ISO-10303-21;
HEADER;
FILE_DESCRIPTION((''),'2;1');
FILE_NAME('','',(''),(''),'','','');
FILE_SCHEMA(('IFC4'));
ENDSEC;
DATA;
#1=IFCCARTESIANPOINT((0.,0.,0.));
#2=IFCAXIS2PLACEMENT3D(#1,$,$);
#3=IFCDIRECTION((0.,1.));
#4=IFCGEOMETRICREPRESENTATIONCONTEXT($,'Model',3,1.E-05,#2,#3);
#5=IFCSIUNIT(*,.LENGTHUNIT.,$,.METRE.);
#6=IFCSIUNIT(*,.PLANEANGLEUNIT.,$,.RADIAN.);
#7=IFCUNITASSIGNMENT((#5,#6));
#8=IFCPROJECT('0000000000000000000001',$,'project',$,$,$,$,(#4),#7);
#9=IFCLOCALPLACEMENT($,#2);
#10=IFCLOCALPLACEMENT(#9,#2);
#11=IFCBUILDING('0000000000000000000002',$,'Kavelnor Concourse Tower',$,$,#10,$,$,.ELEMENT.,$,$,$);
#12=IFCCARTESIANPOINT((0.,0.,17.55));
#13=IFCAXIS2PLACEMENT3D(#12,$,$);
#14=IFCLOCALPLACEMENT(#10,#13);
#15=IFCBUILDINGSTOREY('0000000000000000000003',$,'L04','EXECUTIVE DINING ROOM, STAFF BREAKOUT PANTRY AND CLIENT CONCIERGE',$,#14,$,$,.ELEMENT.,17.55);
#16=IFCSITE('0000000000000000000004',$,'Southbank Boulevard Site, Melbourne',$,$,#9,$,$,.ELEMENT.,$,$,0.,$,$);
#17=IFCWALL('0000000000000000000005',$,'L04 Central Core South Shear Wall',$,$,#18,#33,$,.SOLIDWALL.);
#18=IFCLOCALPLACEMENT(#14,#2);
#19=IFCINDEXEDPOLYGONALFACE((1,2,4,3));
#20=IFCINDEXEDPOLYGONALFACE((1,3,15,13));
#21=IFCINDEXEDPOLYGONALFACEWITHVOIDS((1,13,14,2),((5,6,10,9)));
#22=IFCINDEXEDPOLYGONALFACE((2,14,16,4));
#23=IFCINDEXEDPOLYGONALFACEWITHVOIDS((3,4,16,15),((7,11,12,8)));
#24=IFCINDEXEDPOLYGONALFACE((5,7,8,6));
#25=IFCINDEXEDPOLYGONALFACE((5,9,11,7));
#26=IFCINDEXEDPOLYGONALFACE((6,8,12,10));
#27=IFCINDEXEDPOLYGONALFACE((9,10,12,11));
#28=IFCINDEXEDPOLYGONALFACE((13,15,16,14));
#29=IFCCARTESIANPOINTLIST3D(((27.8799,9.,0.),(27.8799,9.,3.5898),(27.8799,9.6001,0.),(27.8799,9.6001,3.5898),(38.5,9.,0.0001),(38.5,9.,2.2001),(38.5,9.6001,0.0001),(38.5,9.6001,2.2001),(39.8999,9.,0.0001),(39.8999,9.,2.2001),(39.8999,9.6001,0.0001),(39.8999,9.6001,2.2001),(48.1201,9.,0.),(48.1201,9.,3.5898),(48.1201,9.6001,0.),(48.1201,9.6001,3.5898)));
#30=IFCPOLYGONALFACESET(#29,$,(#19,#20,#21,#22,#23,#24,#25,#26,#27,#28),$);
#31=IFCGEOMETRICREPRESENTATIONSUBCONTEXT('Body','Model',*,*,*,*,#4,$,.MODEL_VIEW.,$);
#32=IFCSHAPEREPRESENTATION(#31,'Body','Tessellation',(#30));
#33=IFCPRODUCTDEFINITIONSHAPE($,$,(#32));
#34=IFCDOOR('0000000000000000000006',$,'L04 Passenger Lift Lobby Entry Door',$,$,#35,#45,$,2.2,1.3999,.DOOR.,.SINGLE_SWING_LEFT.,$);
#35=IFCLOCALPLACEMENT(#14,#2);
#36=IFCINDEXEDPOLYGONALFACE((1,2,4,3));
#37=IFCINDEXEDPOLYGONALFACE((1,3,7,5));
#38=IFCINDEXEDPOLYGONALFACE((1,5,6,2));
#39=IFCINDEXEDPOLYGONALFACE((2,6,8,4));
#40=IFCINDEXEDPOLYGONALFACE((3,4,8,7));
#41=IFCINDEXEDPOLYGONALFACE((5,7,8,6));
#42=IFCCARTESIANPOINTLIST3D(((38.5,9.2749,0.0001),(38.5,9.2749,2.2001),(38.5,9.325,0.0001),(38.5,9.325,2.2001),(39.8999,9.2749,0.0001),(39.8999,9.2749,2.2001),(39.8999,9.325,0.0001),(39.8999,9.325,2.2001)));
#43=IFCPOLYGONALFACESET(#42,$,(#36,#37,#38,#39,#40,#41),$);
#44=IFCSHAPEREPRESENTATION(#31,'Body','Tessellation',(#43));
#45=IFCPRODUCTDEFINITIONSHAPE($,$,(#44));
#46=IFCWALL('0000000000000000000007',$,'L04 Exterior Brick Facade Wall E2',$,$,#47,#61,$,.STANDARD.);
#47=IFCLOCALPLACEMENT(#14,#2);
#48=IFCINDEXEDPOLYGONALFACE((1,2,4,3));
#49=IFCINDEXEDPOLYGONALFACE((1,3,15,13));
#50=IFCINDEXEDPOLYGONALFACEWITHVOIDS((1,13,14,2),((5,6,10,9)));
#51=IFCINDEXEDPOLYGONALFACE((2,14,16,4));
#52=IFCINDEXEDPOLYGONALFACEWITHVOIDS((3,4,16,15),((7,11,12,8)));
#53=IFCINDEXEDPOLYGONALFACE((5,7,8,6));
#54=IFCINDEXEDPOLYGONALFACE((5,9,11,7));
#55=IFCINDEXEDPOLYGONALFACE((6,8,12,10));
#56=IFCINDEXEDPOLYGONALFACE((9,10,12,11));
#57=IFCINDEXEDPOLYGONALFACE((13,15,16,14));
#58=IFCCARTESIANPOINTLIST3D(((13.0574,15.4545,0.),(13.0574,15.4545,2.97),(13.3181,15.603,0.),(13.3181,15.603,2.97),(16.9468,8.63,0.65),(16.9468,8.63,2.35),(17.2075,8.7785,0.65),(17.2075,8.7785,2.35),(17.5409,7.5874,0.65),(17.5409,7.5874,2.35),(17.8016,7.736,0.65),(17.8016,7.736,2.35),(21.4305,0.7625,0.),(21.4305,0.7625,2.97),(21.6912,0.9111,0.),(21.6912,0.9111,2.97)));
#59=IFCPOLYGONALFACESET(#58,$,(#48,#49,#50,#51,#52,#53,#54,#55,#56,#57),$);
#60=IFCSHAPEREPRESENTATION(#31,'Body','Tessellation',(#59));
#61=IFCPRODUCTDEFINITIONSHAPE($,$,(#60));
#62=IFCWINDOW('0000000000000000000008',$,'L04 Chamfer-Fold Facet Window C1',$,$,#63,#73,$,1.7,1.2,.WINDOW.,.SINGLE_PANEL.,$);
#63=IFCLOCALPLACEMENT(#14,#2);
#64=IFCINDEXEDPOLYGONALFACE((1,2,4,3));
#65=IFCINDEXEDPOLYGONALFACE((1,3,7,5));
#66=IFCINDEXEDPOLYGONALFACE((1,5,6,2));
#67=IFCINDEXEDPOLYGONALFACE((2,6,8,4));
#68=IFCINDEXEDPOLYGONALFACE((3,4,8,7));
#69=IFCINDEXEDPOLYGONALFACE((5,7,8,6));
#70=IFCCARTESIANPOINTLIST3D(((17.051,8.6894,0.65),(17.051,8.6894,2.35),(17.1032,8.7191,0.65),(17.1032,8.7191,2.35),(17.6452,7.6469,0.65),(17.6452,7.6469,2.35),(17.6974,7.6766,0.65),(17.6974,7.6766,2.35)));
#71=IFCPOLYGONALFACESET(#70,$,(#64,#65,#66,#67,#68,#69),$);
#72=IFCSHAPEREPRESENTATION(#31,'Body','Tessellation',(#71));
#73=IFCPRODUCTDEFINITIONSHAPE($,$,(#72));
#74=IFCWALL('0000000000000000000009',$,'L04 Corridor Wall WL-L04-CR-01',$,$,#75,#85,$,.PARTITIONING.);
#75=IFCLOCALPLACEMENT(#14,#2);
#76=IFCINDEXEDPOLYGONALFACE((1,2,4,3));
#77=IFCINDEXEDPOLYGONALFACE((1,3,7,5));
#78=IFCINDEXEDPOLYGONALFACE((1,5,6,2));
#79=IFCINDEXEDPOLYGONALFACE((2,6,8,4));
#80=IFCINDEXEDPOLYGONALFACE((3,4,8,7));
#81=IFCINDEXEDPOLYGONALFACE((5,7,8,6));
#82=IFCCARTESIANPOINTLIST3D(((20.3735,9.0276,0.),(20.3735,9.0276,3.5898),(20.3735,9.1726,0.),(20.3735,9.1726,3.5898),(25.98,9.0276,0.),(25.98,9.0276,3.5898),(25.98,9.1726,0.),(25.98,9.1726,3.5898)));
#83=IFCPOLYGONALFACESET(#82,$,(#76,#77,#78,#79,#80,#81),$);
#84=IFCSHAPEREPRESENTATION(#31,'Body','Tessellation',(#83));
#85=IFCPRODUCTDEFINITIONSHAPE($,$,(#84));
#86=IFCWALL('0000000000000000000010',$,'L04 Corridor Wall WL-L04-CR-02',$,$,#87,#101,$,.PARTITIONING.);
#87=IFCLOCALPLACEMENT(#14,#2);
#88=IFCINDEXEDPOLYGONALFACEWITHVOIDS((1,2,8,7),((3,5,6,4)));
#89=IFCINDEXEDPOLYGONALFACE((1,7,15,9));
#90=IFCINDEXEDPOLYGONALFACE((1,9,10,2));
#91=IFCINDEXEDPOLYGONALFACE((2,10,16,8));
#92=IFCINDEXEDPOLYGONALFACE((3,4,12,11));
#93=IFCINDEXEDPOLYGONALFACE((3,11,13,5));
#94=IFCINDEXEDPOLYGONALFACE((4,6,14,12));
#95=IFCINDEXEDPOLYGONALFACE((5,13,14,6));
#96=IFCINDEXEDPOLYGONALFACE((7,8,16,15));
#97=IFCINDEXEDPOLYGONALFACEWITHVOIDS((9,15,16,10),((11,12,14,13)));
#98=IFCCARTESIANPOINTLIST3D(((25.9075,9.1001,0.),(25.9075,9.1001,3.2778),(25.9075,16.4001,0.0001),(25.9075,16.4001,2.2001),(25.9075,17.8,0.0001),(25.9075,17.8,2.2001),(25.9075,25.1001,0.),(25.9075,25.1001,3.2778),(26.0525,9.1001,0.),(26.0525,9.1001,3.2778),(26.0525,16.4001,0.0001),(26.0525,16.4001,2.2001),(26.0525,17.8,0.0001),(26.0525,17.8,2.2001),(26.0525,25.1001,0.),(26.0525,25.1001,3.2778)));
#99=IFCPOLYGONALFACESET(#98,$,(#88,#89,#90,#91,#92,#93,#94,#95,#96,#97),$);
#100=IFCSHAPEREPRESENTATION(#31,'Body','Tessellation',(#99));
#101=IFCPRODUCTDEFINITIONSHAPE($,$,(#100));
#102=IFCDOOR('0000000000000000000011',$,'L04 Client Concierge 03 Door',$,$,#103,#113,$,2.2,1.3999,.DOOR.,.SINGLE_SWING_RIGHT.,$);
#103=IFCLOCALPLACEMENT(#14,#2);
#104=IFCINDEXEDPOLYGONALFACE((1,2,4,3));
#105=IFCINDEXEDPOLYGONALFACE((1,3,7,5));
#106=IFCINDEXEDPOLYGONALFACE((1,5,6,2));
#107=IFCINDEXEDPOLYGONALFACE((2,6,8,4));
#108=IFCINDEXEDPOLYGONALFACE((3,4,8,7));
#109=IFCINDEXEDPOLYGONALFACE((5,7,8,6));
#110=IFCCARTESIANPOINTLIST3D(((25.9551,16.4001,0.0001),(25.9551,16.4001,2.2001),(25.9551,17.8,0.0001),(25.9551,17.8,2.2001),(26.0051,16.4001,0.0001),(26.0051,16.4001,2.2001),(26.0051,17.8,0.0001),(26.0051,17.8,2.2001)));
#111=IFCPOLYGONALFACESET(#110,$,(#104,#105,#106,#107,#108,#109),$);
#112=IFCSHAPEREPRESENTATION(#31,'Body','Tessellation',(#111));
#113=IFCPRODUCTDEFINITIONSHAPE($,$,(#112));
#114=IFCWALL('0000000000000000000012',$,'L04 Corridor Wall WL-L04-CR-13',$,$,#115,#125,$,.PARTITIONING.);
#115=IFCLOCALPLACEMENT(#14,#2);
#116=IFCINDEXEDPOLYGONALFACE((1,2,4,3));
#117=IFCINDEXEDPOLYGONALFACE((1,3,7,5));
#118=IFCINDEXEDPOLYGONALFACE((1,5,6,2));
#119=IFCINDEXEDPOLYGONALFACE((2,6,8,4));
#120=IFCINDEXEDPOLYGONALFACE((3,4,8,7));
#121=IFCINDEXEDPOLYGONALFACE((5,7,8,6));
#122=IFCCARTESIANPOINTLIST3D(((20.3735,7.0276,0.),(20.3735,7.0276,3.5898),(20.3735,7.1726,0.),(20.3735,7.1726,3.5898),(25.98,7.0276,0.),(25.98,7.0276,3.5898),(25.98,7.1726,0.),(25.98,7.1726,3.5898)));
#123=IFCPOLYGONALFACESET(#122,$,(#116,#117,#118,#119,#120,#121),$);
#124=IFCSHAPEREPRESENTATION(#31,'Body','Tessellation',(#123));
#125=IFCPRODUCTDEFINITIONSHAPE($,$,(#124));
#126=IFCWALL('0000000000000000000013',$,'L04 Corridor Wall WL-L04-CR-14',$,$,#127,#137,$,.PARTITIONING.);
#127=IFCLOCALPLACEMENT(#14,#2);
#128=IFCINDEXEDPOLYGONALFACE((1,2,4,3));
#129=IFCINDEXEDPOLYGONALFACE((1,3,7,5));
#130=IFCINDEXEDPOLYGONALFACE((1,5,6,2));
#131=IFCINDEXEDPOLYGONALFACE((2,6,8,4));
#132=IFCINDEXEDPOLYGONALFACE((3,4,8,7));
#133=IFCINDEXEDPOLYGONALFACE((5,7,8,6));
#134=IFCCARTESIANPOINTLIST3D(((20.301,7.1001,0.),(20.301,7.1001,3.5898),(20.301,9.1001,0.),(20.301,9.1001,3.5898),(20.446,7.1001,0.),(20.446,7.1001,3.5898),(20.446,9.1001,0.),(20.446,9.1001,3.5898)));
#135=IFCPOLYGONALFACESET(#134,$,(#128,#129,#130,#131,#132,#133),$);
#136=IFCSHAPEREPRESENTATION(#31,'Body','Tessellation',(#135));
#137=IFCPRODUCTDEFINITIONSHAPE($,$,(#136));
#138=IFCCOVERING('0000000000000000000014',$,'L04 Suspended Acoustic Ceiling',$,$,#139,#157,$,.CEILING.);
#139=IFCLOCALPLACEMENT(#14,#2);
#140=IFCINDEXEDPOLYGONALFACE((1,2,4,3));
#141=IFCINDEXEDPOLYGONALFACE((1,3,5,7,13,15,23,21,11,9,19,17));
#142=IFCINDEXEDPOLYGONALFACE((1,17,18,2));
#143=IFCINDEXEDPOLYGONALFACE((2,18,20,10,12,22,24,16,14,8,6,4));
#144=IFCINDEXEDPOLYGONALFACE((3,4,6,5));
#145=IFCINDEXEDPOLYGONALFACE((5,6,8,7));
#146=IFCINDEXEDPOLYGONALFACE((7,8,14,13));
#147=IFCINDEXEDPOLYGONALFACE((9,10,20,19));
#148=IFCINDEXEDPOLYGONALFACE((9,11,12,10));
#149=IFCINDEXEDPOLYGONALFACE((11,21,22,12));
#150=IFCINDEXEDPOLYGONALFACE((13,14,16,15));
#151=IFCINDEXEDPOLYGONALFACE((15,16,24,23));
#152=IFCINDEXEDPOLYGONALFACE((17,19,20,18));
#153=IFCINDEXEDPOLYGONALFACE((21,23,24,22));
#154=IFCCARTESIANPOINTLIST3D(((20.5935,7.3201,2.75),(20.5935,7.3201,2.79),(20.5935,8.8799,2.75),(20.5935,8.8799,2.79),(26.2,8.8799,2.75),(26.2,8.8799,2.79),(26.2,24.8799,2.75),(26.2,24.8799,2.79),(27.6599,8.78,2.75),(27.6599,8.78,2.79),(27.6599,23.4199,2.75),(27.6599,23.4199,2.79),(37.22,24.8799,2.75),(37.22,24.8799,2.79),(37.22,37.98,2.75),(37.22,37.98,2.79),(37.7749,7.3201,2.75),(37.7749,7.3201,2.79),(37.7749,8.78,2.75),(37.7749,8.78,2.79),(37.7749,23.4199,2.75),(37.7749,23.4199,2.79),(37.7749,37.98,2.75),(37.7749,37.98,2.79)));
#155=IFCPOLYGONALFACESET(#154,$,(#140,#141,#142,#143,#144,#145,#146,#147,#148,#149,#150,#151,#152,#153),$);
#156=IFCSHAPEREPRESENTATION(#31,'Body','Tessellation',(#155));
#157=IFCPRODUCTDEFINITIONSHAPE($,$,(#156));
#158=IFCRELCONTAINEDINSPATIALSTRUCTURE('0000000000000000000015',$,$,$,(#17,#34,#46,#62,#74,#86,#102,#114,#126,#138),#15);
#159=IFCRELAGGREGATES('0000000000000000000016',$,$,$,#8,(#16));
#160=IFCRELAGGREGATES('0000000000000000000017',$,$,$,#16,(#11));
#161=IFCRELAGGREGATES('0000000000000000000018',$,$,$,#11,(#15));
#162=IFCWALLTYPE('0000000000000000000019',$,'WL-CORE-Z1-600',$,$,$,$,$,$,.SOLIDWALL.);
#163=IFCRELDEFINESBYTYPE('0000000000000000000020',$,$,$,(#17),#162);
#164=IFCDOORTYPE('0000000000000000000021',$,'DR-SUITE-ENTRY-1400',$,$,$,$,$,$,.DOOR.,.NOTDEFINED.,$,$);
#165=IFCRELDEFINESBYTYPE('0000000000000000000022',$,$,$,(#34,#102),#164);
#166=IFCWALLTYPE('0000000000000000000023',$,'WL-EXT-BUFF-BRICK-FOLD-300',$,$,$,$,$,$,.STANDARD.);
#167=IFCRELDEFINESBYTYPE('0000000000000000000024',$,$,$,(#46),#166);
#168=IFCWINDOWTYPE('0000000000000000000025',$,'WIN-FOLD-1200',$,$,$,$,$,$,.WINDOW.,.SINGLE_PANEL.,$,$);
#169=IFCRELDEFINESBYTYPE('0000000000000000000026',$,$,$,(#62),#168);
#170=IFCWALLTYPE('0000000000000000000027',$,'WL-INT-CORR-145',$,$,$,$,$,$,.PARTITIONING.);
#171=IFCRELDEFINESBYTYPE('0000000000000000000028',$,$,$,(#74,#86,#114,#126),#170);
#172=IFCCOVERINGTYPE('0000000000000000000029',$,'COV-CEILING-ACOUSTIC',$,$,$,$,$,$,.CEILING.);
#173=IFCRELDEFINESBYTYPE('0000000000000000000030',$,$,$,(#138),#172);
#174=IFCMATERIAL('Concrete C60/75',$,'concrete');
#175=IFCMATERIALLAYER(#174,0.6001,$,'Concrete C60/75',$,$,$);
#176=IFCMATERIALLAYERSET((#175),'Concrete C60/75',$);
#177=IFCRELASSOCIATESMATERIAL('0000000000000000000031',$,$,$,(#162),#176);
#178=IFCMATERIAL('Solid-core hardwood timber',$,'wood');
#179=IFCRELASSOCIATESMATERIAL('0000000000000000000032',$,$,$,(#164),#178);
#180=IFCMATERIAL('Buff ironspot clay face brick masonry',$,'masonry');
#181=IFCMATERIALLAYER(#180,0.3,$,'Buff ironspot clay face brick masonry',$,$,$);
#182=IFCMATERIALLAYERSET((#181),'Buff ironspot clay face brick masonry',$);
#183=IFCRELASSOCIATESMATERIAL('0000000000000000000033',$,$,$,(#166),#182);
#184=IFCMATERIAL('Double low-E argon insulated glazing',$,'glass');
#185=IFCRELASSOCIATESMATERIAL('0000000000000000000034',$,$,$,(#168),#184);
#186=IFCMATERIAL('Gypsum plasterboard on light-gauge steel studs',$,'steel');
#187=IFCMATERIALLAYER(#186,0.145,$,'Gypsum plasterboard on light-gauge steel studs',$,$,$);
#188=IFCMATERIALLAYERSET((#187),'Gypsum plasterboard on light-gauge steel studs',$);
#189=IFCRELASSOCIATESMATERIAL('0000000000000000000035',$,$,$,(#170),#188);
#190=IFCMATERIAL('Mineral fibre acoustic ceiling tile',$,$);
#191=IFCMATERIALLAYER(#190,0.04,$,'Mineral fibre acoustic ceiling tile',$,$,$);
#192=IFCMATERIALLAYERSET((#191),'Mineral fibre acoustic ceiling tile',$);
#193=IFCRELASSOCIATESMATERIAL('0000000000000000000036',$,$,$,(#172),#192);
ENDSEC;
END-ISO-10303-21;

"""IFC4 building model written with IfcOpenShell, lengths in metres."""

from ifc_helpers import new_model, si_unit, direction, frame, frame_2d, origin, place, context, subcontext, project, spatial, polyline, rectangle, outline, extrude, material, layer, layer_set, type_object, element, fill, save


model = new_model("IFC4")

# Units and contexts
model_context = context("Model", 3, precision=1e-05, world=origin(), true_north=direction((0.0, 1.0)))
body_context = subcontext(model_context, "Body", "Model", "MODEL_VIEW")
ifc_project = project(units=[si_unit("LENGTHUNIT", "METRE"), si_unit("PLANEANGLEUNIT", "RADIAN")], contexts=[model_context])

# Site, building, storey
site_placement = place(None, origin())
site = spatial("IfcSite", under=ifc_project, at=site_placement, Name="Southbank Boulevard Site, Melbourne", CompositionType="ELEMENT", RefElevation=0.0)
building_placement = place(site_placement, origin())
building = spatial("IfcBuilding", under=site, at=building_placement, Name="Kavelnor Concourse Tower", CompositionType="ELEMENT")
storey_placement = place(building_placement, frame((0.0, 0.0, 17.55)))
storey = spatial("IfcBuildingStorey", under=building, at=storey_placement, Name="L04", Description="EXECUTIVE DINING ROOM, STAFF BREAKOUT PANTRY AND CLIENT CONCIERGE", CompositionType="ELEMENT", Elevation=17.55)

# Wall, opening, door
ifc_material_1 = material(Name="Concrete C60/75", Category="concrete")
ifc_layer_1 = layer(ifc_material_1, 0.6001, Name="Concrete C60/75")
ifc_layer_set_1 = layer_set([ifc_layer_1], Name="Concrete C60/75")
wall_type_1 = type_object("IfcWallType", Name="WL-CORE-Z1-600", PredefinedType="SOLIDWALL", material=ifc_layer_set_1)
wall_1_placement = place(storey_placement, frame((27.8799, 9.3, 0.0), z_axis=(0.0, 0.0, 1.0), x_axis=(1.0, 0.0, 0.0)))
wall_1 = element("IfcWall", 1, at=wall_1_placement, inside=storey, type_object=wall_type_1, Name="L04 Central Core South Shear Wall", PredefinedType="SOLIDWALL", context=body_context, shape_type="SweptSolid", body=[
    extrude(rectangle(XDim=20.2402, YDim=0.6001, at=frame_2d((10.1201, 0.0))), origin(), (0.0, 0.0, 1.0), 3.5898),
])
opening_1_placement = place(wall_1_placement, frame((10.6201, 0.0, 0.0)))
opening_1 = element("IfcOpeningElement", 2, at=opening_1_placement, cuts=wall_1, PredefinedType="OPENING", context=body_context, shape_type="SweptSolid", body=[
    extrude(rectangle(XDim=1.3999, YDim=2.2, at=frame_2d((0.7, 1.1001))), frame((0.0, 0.3101, 0.0), z_axis=(0.0, -1.0, 0.0), x_axis=(1.0, 0.0, 0.0)), (0.0, 0.0, 1.0), 0.6201),
])
ifc_material_2 = material(Name="Solid-core hardwood timber", Category="wood")
door_type = type_object("IfcDoorType", Name="DR-SUITE-ENTRY-1400", OperationType="NOTDEFINED", PredefinedType="DOOR", material=ifc_material_2)
door_1_placement = place(opening_1_placement, origin())
door_1 = element("IfcDoor", 3, at=door_1_placement, inside=storey, type_object=door_type, Name="L04 Passenger Lift Lobby Entry Door", OperationType="SINGLE_SWING_LEFT", OverallHeight=2.2, OverallWidth=1.3999, PredefinedType="DOOR", context=body_context, shape_type="SweptSolid", body=[
    extrude(rectangle(XDim=1.3999, YDim=2.2, at=frame_2d((0.7, 1.1001))), frame((0.0, 0.0249, 0.0), z_axis=(0.0, -1.0, 0.0), x_axis=(1.0, 0.0, 0.0)), (0.0, 0.0, 1.0), 0.05),
])
fill(opening_1, door_1)

# Wall, opening, window
ifc_material_3 = material(Name="Buff ironspot clay face brick masonry", Category="masonry")
ifc_layer_2 = layer(ifc_material_3, 0.3, Name="Buff ironspot clay face brick masonry")
ifc_layer_set_2 = layer_set([ifc_layer_2], Name="Buff ironspot clay face brick masonry")
wall_type_2 = type_object("IfcWallType", Name="WL-EXT-BUFF-BRICK-FOLD-300", PredefinedType="STANDARD", material=ifc_layer_set_2)
wall_2_placement = place(storey_placement, frame((21.5608, 0.8369, 0.0), z_axis=(0.0, 0.0, 1.0), x_axis=(-0.495144, 0.868811, 0.0)))
wall_2 = element("IfcWall", 4, at=wall_2_placement, inside=storey, type_object=wall_type_2, Name="L04 Exterior Brick Facade Wall E2", PredefinedType="STANDARD", context=body_context, shape_type="SweptSolid", body=[
    extrude(rectangle(XDim=16.9104, YDim=0.3, at=frame_2d((8.4551, 0.0))), origin(), (0.0, 0.0, 1.0), 2.97),
])
opening_2_placement = place(wall_2_placement, frame((7.8552, 0.0, 0.6499)))
opening_2 = element("IfcOpeningElement", 5, at=opening_2_placement, cuts=wall_2, PredefinedType="OPENING", context=body_context, shape_type="SweptSolid", body=[
    extrude(rectangle(XDim=1.2, YDim=1.7, at=frame_2d((0.6001, 0.8501))), frame((0.0, 0.1602, 0.0), z_axis=(0.0, -1.0, 0.0), x_axis=(1.0, 0.0, 0.0)), (0.0, 0.0, 1.0), 0.3201),
])
ifc_material_4 = material(Name="Double low-E argon insulated glazing", Category="glass")
window_type = type_object("IfcWindowType", Name="WIN-FOLD-1200", PartitioningType="SINGLE_PANEL", PredefinedType="WINDOW", material=ifc_material_4)
window_placement = place(opening_2_placement, origin())
window = element("IfcWindow", 6, at=window_placement, inside=storey, type_object=window_type, Name="L04 Chamfer-Fold Facet Window C1", OverallHeight=1.7, OverallWidth=1.2, PartitioningType="SINGLE_PANEL", PredefinedType="WINDOW", context=body_context, shape_type="SweptSolid", body=[
    extrude(rectangle(XDim=1.2, YDim=1.7, at=frame_2d((0.6001, 0.8501))), frame((0.0, 0.03, 0.0), z_axis=(0.0, -1.0, 0.0), x_axis=(1.0, 0.0, 0.0)), (0.0, 0.0, 1.0), 0.0601),
])
fill(opening_2, window)

# Wall
ifc_material_5 = material(Name="Gypsum plasterboard on light-gauge steel studs", Category="steel")
ifc_layer_3 = layer(ifc_material_5, 0.145, Name="Gypsum plasterboard on light-gauge steel studs")
ifc_layer_set_3 = layer_set([ifc_layer_3], Name="Gypsum plasterboard on light-gauge steel studs")
wall_type_3 = type_object("IfcWallType", Name="WL-INT-CORR-145", PredefinedType="PARTITIONING", material=ifc_layer_set_3)
wall_3_placement = place(storey_placement, frame((20.3735, 9.1001, 0.0), z_axis=(0.0, 0.0, 1.0), x_axis=(1.0, 0.0, 0.0)))
element("IfcWall", 7, at=wall_3_placement, inside=storey, type_object=wall_type_3, Name="L04 Corridor Wall WL-L04-CR-01", PredefinedType="PARTITIONING", context=body_context, shape_type="SweptSolid", body=[
    extrude(rectangle(XDim=5.6064, YDim=0.145, at=frame_2d((2.8032, 0.0))), origin(), (0.0, 0.0, 1.0), 3.5898),
])

# Wall, opening, door
wall_4_placement = place(storey_placement, frame((25.98, 9.1001, 0.0), z_axis=(0.0, 0.0, 1.0), x_axis=(0.0, 1.0, 0.0)))
wall_4 = element("IfcWall", 8, at=wall_4_placement, inside=storey, type_object=wall_type_3, Name="L04 Corridor Wall WL-L04-CR-02", PredefinedType="PARTITIONING", context=body_context, shape_type="SweptSolid", body=[
    extrude(rectangle(XDim=16.0, YDim=0.145, at=frame_2d((8.0, 0.0))), origin(), (0.0, 0.0, 1.0), 3.2778),
])
opening_3_placement = place(wall_4_placement, frame((7.3, 0.0, 0.0)))
opening_3 = element("IfcOpeningElement", 9, at=opening_3_placement, cuts=wall_4, PredefinedType="OPENING", context=body_context, shape_type="SweptSolid", body=[
    extrude(rectangle(XDim=1.3999, YDim=2.2, at=frame_2d((0.7, 1.1001))), frame((0.0, 0.0825, 0.0), z_axis=(0.0, -1.0, 0.0), x_axis=(1.0, 0.0, 0.0)), (0.0, 0.0, 1.0), 0.165),
])
door_2_placement = place(opening_3_placement, origin())
door_2 = element("IfcDoor", 10, at=door_2_placement, inside=storey, type_object=door_type, Name="L04 Client Concierge 03 Door", OperationType="SINGLE_SWING_RIGHT", OverallHeight=2.2, OverallWidth=1.3999, PredefinedType="DOOR", context=body_context, shape_type="SweptSolid", body=[
    extrude(rectangle(XDim=1.3999, YDim=2.2, at=frame_2d((0.7, 1.1001))), frame((0.0, 0.0249, 0.0), z_axis=(0.0, -1.0, 0.0), x_axis=(1.0, 0.0, 0.0)), (0.0, 0.0, 1.0), 0.05),
])
fill(opening_3, door_2)

# Walls
wall_5_placement = place(storey_placement, frame((25.98, 7.1001, 0.0), z_axis=(0.0, 0.0, 1.0), x_axis=(-1.0, 0.0, 0.0)))
element("IfcWall", 11, at=wall_5_placement, inside=storey, type_object=wall_type_3, Name="L04 Corridor Wall WL-L04-CR-13", PredefinedType="PARTITIONING", context=body_context, shape_type="SweptSolid", body=[
    extrude(rectangle(XDim=5.6064, YDim=0.145, at=frame_2d((2.8032, 0.0))), origin(), (0.0, 0.0, 1.0), 3.5898),
])
wall_6_placement = place(storey_placement, frame((20.3735, 7.1001, 0.0), z_axis=(0.0, 0.0, 1.0), x_axis=(0.0, 1.0, 0.0)))
element("IfcWall", 12, at=wall_6_placement, inside=storey, type_object=wall_type_3, Name="L04 Corridor Wall WL-L04-CR-14", PredefinedType="PARTITIONING", context=body_context, shape_type="SweptSolid", body=[
    extrude(rectangle(XDim=2.0, YDim=0.145, at=frame_2d((1.0, 0.0))), origin(), (0.0, 0.0, 1.0), 3.5898),
])

# Covering
ifc_material_6 = material(Name="Mineral fibre acoustic ceiling tile")
ifc_layer_4 = layer(ifc_material_6, 0.04, Name="Mineral fibre acoustic ceiling tile")
ifc_layer_set_4 = layer_set([ifc_layer_4], Name="Mineral fibre acoustic ceiling tile")
covering_type_1 = type_object("IfcCoveringType", Name="COV-CEILING-ACOUSTIC", PredefinedType="CEILING", material=ifc_layer_set_4)
covering_1_placement = place(storey_placement, frame((0.0, 0.0, 2.75)))
element("IfcCovering", 13, at=covering_1_placement, inside=storey, type_object=covering_type_1, Name="L04 Suspended Acoustic Ceiling", PredefinedType="CEILING", context=body_context, shape_type="SweptSolid", body=[
    extrude(outline(polyline([(37.22, 37.98), (37.7749, 37.98), (37.7749, 23.4199), (27.6599, 23.4199), (27.6599, 8.78), (37.7749, 8.78), (37.7749, 7.3201), (20.5935, 7.3201), (20.5935, 8.8799), (26.2, 8.8799), (26.2, 24.8799), (37.22, 24.8799), (37.22, 37.98)])), origin(), (0.0, 0.0, 1.0), 0.04),
])

save(model, "model.ifc")
